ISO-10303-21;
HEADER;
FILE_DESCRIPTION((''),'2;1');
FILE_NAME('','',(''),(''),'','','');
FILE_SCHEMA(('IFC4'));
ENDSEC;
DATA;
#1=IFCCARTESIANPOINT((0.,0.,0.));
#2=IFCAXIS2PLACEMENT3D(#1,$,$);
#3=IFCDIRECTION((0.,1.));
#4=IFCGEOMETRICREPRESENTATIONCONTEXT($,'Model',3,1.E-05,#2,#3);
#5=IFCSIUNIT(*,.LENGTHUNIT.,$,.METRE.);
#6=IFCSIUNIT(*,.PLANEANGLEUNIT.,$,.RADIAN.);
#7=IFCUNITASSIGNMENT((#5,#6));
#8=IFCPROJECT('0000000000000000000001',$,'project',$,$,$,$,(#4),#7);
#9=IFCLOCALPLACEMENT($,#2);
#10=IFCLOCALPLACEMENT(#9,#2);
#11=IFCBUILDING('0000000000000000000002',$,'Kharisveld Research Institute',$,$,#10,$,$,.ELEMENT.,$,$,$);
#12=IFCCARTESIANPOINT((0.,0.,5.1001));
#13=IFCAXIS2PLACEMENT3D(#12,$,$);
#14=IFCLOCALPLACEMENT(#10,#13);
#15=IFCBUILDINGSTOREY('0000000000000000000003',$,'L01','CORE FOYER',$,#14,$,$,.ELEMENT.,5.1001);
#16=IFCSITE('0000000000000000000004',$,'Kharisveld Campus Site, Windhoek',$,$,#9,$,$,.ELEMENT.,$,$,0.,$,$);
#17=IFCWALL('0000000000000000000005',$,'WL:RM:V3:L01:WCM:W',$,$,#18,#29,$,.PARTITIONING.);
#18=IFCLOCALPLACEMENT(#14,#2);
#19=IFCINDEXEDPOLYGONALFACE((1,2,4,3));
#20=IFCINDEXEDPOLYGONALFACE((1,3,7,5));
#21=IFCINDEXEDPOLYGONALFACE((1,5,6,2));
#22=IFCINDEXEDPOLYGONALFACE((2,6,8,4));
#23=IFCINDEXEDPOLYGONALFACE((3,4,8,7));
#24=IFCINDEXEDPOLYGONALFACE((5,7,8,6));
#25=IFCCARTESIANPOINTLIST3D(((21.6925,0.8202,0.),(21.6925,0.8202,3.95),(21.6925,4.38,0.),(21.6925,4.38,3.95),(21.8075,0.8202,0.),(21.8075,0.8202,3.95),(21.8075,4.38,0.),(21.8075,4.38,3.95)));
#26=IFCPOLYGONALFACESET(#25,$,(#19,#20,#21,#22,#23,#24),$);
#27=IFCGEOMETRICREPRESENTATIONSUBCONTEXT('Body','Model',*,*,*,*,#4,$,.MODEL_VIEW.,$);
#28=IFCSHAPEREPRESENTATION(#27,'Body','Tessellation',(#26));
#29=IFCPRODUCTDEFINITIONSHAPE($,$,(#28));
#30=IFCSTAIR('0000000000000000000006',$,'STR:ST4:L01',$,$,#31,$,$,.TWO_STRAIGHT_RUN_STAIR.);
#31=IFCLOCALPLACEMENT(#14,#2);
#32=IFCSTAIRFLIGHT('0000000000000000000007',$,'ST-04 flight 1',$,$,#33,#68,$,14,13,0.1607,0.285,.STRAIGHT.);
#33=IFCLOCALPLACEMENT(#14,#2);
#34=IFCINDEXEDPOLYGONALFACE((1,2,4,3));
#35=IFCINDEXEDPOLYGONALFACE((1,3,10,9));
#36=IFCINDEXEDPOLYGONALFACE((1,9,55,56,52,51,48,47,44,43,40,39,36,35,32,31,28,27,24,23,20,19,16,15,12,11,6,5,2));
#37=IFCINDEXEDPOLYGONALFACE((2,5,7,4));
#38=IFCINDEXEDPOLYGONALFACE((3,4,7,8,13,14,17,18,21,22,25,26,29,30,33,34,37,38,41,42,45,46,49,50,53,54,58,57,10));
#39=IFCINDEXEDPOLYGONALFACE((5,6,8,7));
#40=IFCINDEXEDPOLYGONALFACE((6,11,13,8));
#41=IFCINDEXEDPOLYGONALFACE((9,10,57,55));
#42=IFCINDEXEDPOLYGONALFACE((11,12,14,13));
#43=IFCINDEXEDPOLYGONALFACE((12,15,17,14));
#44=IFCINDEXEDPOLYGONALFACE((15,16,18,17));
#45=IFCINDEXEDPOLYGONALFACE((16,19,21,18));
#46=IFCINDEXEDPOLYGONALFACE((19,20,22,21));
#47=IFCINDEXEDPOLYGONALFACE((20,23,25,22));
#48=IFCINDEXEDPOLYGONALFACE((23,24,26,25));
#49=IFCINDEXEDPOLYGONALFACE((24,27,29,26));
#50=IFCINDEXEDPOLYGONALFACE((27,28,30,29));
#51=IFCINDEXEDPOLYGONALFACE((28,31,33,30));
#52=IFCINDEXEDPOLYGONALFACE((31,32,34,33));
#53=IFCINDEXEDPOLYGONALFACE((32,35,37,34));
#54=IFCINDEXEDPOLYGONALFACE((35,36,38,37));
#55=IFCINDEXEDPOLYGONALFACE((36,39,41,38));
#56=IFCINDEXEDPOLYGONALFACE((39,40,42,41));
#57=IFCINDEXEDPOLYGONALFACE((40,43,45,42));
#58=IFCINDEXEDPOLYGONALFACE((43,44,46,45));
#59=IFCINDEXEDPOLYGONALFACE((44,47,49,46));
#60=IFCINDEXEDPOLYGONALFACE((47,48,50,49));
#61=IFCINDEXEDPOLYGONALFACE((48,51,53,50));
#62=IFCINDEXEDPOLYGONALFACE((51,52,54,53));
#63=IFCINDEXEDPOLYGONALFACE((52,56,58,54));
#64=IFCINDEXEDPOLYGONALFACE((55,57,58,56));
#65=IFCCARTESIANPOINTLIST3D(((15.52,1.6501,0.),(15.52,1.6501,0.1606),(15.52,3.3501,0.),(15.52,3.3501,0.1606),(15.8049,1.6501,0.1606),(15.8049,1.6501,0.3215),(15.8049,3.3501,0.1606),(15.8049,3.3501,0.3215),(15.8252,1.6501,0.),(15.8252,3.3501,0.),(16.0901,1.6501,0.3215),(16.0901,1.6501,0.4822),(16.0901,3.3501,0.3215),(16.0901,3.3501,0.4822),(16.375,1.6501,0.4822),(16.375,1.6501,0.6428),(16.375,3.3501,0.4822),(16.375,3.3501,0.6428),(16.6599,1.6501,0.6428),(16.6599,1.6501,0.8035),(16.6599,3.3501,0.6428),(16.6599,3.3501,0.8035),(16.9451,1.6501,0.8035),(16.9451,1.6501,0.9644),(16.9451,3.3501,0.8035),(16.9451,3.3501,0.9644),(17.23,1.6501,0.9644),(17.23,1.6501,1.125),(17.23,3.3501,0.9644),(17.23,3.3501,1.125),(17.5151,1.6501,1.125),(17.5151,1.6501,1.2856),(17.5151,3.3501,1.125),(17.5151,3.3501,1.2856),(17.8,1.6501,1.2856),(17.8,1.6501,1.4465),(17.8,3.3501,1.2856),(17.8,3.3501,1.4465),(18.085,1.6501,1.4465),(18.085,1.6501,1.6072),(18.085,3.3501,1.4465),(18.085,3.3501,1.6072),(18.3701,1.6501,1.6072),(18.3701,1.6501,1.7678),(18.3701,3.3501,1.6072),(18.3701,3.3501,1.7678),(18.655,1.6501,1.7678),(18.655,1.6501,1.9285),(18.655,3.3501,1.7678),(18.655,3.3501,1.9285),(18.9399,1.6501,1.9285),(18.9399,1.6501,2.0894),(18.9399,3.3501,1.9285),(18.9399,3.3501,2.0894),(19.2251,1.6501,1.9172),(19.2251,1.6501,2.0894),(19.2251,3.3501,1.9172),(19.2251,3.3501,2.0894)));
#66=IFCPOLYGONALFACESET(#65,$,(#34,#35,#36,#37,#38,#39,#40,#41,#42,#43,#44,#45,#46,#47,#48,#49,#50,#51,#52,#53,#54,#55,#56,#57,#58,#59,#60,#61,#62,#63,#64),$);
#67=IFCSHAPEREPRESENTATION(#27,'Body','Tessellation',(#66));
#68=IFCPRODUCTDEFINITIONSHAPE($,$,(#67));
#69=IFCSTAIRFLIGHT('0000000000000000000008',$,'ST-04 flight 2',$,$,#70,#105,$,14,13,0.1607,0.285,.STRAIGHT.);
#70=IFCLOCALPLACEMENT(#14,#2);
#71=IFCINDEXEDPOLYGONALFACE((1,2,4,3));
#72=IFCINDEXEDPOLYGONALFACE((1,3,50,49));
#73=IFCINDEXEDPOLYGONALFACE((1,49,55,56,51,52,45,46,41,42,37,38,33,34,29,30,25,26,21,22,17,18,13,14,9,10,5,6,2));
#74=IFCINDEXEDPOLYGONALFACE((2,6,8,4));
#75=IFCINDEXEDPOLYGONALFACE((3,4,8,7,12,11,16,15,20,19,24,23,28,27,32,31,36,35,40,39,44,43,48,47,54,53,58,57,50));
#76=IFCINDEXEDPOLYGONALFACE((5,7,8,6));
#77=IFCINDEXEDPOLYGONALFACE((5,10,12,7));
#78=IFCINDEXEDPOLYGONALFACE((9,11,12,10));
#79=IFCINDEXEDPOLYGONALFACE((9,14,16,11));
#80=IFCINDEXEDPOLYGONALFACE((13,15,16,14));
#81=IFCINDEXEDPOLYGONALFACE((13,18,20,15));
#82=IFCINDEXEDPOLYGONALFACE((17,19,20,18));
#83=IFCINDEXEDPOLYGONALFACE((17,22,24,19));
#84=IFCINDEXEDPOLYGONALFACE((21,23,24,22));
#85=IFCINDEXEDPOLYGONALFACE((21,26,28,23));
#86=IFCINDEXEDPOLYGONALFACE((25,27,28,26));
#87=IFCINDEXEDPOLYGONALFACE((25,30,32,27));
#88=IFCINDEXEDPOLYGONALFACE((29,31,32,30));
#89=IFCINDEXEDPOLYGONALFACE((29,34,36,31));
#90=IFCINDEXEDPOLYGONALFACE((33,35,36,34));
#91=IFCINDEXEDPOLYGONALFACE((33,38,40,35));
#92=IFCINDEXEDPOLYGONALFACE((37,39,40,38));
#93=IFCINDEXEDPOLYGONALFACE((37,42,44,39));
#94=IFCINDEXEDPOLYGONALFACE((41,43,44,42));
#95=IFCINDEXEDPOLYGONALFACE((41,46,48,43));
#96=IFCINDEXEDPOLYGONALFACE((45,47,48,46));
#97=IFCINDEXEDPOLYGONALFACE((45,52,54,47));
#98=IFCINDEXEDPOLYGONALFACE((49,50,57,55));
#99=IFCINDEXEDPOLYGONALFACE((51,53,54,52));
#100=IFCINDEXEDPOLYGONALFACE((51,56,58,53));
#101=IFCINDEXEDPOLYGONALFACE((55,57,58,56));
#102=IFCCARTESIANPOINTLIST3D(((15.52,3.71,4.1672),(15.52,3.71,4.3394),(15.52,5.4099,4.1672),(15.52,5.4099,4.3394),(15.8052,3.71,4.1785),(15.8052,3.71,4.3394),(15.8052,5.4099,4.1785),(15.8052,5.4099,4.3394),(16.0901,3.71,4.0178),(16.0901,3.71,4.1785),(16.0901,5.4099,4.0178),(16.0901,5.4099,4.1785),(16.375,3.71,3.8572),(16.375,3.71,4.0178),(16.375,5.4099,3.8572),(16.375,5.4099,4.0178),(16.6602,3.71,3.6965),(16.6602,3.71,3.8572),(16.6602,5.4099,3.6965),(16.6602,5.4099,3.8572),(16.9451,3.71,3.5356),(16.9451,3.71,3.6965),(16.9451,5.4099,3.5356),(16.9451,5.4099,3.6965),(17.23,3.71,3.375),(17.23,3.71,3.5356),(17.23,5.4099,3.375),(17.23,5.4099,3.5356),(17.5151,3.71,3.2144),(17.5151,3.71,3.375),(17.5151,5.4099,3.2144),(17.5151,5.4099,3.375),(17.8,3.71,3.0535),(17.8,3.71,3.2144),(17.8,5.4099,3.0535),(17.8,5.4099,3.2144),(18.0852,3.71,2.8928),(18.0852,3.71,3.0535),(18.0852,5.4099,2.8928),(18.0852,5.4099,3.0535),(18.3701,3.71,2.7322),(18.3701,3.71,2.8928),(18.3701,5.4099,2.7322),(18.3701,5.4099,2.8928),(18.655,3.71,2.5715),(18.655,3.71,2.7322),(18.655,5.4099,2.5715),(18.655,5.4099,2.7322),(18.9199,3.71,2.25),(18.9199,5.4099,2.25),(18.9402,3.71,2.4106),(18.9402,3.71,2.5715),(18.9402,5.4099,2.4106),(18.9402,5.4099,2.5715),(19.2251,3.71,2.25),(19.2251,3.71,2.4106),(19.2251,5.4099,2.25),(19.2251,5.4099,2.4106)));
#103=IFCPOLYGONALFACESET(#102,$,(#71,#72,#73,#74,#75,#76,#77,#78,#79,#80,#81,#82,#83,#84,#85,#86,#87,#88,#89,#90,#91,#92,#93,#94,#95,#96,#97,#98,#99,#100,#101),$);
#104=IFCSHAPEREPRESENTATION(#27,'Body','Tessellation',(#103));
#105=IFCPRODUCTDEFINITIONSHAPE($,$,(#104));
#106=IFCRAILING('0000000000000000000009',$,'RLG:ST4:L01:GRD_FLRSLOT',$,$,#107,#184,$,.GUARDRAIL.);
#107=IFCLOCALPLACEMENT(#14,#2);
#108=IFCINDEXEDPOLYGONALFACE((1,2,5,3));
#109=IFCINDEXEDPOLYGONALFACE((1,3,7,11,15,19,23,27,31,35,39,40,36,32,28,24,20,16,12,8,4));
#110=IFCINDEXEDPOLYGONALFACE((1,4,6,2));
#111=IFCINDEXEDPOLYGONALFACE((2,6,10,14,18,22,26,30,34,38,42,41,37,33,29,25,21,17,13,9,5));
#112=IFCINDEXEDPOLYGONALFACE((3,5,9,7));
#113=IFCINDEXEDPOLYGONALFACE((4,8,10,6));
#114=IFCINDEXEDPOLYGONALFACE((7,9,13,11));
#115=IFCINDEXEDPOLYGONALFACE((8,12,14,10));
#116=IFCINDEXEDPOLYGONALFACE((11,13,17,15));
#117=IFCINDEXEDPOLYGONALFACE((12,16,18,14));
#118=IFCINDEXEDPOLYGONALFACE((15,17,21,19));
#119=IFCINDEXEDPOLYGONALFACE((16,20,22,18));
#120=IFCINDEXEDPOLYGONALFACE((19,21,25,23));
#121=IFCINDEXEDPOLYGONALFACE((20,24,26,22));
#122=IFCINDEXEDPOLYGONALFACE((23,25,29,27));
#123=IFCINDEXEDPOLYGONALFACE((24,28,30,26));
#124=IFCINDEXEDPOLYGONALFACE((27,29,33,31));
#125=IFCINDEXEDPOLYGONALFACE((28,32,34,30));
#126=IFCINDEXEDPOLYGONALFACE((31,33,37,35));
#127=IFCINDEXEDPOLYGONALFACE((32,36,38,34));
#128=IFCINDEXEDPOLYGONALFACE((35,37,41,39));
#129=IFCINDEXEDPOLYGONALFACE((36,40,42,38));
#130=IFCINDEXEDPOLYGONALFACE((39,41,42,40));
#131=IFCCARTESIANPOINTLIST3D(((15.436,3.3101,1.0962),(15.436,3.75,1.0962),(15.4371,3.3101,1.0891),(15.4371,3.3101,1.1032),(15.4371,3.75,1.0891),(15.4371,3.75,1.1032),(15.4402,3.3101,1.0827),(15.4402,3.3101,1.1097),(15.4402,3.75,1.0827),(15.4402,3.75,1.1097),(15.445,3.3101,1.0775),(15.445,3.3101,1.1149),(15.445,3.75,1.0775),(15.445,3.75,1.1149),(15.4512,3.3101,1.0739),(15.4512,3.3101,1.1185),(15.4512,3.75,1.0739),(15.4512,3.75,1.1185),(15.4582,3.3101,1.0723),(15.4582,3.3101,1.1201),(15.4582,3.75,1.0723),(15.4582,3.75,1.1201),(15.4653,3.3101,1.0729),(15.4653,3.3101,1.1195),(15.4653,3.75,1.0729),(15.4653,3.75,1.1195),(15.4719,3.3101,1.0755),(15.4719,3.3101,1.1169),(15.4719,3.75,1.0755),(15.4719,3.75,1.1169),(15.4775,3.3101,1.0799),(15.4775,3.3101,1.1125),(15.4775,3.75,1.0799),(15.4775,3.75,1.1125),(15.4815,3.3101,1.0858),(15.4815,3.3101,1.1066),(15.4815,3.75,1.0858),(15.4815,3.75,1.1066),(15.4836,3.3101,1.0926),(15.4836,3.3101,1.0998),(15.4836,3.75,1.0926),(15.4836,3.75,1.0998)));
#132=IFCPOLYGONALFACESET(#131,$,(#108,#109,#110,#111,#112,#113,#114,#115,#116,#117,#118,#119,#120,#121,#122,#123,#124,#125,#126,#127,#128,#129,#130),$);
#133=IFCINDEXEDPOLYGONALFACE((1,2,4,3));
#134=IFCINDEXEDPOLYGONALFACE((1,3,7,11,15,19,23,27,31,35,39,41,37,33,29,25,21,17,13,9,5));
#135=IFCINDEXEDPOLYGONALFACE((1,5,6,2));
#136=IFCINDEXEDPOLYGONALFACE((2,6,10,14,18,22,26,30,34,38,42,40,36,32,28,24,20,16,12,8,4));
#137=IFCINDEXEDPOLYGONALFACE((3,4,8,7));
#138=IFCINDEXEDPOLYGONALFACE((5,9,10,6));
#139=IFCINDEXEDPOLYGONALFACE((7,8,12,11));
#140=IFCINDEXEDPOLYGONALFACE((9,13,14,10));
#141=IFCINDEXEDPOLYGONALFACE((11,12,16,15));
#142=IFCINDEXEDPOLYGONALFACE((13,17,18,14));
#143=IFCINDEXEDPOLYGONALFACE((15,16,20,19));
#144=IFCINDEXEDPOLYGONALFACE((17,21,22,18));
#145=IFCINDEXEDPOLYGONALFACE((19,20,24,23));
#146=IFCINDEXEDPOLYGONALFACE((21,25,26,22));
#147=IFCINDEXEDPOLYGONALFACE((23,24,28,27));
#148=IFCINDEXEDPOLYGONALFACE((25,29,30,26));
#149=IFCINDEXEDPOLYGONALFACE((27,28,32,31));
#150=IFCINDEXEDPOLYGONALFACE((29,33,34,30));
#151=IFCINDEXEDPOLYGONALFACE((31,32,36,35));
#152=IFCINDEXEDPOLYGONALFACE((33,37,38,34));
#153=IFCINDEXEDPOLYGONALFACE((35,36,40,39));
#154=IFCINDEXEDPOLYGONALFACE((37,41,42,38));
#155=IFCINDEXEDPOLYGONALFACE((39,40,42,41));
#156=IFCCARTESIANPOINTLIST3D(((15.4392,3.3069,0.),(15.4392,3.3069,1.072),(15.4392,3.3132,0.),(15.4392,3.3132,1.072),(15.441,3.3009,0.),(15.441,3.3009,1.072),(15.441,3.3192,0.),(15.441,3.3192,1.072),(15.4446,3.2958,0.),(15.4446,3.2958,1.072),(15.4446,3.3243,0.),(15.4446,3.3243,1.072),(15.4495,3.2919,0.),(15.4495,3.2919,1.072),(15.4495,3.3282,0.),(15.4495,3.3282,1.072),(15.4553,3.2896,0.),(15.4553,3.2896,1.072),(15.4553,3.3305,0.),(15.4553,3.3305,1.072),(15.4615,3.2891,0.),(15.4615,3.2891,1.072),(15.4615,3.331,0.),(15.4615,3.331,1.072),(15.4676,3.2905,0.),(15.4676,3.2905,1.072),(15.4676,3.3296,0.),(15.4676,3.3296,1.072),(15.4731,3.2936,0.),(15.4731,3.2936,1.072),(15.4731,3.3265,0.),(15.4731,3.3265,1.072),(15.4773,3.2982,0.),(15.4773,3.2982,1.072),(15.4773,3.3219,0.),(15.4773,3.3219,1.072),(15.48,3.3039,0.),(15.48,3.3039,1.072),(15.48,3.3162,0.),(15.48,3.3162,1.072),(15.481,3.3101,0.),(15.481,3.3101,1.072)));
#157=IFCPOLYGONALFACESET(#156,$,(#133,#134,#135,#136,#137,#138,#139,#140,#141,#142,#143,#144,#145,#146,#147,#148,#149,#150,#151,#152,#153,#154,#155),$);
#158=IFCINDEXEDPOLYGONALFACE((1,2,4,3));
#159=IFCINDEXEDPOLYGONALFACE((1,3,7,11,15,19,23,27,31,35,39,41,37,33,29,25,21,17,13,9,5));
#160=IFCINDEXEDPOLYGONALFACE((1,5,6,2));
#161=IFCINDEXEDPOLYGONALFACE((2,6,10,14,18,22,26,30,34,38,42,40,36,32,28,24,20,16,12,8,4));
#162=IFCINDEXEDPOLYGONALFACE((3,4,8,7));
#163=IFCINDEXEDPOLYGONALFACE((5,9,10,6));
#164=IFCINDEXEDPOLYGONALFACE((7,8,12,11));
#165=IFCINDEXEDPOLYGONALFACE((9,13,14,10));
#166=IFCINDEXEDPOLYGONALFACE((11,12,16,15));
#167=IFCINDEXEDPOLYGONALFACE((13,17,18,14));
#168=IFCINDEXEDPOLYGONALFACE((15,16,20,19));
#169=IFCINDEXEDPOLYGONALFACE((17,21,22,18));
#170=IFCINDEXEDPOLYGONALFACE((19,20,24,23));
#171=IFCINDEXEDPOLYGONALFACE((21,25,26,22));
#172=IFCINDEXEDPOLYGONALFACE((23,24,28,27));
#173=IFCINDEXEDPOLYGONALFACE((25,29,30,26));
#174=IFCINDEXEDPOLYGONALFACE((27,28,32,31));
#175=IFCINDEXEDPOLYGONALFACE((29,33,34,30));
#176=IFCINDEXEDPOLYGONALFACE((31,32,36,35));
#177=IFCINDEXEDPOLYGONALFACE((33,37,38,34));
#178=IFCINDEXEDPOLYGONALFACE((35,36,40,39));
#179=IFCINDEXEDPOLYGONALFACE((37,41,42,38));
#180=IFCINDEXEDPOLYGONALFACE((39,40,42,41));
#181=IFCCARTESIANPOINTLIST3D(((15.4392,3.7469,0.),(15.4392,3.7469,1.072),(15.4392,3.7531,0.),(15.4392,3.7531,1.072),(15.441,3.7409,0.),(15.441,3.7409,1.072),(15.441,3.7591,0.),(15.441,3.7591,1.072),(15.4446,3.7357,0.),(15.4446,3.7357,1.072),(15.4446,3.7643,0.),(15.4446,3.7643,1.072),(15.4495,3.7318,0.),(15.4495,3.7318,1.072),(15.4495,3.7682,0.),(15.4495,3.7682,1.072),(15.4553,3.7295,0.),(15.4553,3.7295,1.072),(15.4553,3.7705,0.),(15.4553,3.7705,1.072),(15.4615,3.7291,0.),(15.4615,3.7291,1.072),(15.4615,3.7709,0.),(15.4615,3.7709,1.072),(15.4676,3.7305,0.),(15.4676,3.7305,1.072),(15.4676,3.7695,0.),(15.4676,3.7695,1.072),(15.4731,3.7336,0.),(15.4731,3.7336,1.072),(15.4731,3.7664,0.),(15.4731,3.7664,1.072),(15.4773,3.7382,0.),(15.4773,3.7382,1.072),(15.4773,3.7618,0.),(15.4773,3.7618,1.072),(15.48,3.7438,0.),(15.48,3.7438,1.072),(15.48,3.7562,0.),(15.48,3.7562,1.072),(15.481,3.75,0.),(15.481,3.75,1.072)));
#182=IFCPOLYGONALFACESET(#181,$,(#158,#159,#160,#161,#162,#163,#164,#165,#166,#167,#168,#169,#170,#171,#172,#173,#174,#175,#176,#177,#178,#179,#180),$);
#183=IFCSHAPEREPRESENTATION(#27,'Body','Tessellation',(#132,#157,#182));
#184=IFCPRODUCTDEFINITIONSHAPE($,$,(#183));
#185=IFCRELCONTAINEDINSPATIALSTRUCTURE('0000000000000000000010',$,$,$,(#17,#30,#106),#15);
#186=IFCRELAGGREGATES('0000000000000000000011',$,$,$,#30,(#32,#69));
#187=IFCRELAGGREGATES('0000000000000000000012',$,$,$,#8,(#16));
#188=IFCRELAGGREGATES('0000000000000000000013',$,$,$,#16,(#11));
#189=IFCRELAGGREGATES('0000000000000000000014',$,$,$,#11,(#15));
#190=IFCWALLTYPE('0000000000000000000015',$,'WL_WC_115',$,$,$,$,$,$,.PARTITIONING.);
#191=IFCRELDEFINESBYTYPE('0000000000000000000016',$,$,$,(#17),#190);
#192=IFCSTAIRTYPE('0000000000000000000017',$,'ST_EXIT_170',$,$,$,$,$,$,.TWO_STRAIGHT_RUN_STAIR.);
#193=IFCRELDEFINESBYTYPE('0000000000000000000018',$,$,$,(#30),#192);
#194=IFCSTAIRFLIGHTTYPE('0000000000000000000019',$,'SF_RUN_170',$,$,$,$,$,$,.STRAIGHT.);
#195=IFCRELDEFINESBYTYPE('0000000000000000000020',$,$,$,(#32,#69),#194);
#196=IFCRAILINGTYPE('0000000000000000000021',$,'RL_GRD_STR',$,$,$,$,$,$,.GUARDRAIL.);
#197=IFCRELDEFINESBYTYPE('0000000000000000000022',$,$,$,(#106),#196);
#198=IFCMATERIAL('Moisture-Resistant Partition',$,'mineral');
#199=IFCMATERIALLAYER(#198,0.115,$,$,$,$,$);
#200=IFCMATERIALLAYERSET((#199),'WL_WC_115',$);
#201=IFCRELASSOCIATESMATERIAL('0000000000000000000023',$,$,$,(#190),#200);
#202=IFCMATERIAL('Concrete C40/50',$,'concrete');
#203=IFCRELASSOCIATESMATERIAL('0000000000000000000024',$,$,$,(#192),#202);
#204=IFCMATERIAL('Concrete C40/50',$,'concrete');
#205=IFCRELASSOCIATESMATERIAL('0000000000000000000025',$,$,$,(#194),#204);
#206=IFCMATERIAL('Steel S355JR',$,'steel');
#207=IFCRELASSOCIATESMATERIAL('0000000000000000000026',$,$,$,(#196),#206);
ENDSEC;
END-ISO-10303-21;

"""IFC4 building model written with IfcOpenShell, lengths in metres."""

from ifc_helpers import new_model, si_unit, direction, frame, frame_2d, origin, origin_2d, place, context, subcontext, project, spatial, polyline, rectangle, circle, outline, extrude, material, layer, layer_set, type_object, element, aggregate, save


model = new_model("IFC4")

# Units and contexts
model_context = context("Model", 3, precision=1e-05, world=origin(), true_north=direction((0.0, 1.0)))
body_context = subcontext(model_context, "Body", "Model", "MODEL_VIEW")
ifc_project = project(units=[si_unit("LENGTHUNIT", "METRE"), si_unit("PLANEANGLEUNIT", "RADIAN")], contexts=[model_context])

# Site, building, storey
site_placement = place(None, origin())
site = spatial("IfcSite", under=ifc_project, at=site_placement, Name="Kharisveld Campus Site, Windhoek", CompositionType="ELEMENT", RefElevation=0.0)
building_placement = place(site_placement, origin())
building = spatial("IfcBuilding", under=site, at=building_placement, Name="Kharisveld Research Institute", CompositionType="ELEMENT")
storey_placement = place(building_placement, frame((0.0, 0.0, 5.1001)))
storey = spatial("IfcBuildingStorey", under=building, at=storey_placement, Name="L01", Description="CORE FOYER", CompositionType="ELEMENT", Elevation=5.1001)

# Wall
ifc_material_1 = material(Name="Moisture-Resistant Partition", Category="mineral")
ifc_layer_1 = layer(ifc_material_1, 0.115)
ifc_layer_set_1 = layer_set([ifc_layer_1], Name="WL_WC_115")
wall_type_1 = type_object("IfcWallType", Name="WL_WC_115", PredefinedType="PARTITIONING", material=ifc_layer_set_1)
wall_1_placement = place(storey_placement, frame((21.75, 4.3799, 0.0), z_axis=(0.0, 0.0, 1.0), x_axis=(0.0, -1.0, 0.0)))
element("IfcWall", 1, at=wall_1_placement, inside=storey, type_object=wall_type_1, Name="WL:RM:V3:L01:WCM:W", PredefinedType="PARTITIONING", context=body_context, shape_type="SweptSolid", body=[
    extrude(rectangle(XDim=3.5598, YDim=0.115, at=frame_2d((1.7798, 0.0))), origin(), (0.0, 0.0, 1.0), 3.95),
])

# Stair, stair flights
ifc_material_2 = material(Name="Concrete C40/50", Category="concrete")
stair_type = type_object("IfcStairType", Name="ST_EXIT_170", PredefinedType="TWO_STRAIGHT_RUN_STAIR", material=ifc_material_2)
stair_placement = place(storey_placement, origin())
stair = element("IfcStair", 2, at=stair_placement, inside=storey, type_object=stair_type, Name="STR:ST4:L01", PredefinedType="TWO_STRAIGHT_RUN_STAIR")
ifc_material_3 = material(Name="Concrete C40/50", Category="concrete")
stair_flight_type = type_object("IfcStairFlightType", Name="SF_RUN_170", PredefinedType="STRAIGHT", material=ifc_material_3)
stair_flight_1_placement = place(storey_placement, frame((15.52, 2.5, 0.0), z_axis=(0.0, 0.0, 1.0), x_axis=(1.0, 0.0, 0.0)))
stair_flight_1 = element("IfcStairFlight", 3, at=stair_flight_1_placement, type_object=stair_flight_type, Name="ST-04 flight 1", NumberOfRisers=14, NumberOfTreads=13, PredefinedType="STRAIGHT", RiserHeight=0.1607, TreadLength=0.285, context=body_context, shape_type="SweptSolid", body=[
    extrude(outline(polyline([(0.0, 0.0), (0.0, 0.1606), (0.2849, 0.1606), (0.2849, 0.3215), (0.5701, 0.3215), (0.5701, 0.4822), (0.855, 0.4822), (0.855, 0.6428), (1.1399, 0.6428), (1.1399, 0.8035), (1.425, 0.8035), (1.425, 0.9644), (1.71, 0.9644), (1.71, 1.125), (1.9951, 1.125), (1.9951, 1.2856), (2.28, 1.2856), (2.28, 1.4465), (2.5649, 1.4465), (2.5649, 1.6072), (2.8501, 1.6072), (2.8501, 1.7678), (3.135, 1.7678), (3.135, 1.9285), (3.4199, 1.9285), (3.4199, 2.0894), (3.7051, 2.0894), (3.7051, 2.25), (3.7051, 1.9172), (0.3052, 0.0), (0.0, 0.0)])), frame((0.0, 0.8501, 0.0), z_axis=(0.0, -1.0, 0.0), x_axis=(1.0, 0.0, 0.0)), (0.0, 0.0, 1.0), 1.7),
])
stair_flight_2_placement = place(storey_placement, frame((19.2251, 4.5601, 2.25), z_axis=(0.0, 0.0, 1.0), x_axis=(-1.0, 0.0, 0.0)))
stair_flight_2 = element("IfcStairFlight", 4, at=stair_flight_2_placement, type_object=stair_flight_type, Name="ST-04 flight 2", NumberOfRisers=14, NumberOfTreads=13, PredefinedType="STRAIGHT", RiserHeight=0.1607, TreadLength=0.285, context=body_context, shape_type="SweptSolid", body=[
    extrude(outline(polyline([(0.0, 0.0), (0.0, 0.1606), (0.2849, 0.1606), (0.2849, 0.3215), (0.5701, 0.3215), (0.5701, 0.4822), (0.855, 0.4822), (0.855, 0.6428), (1.1399, 0.6428), (1.1399, 0.8035), (1.425, 0.8035), (1.425, 0.9644), (1.71, 0.9644), (1.71, 1.125), (1.9951, 1.125), (1.9951, 1.2856), (2.28, 1.2856), (2.28, 1.4465), (2.5649, 1.4465), (2.5649, 1.6072), (2.8501, 1.6072), (2.8501, 1.7678), (3.135, 1.7678), (3.135, 1.9285), (3.4199, 1.9285), (3.4199, 2.0894), (3.7051, 2.0894), (3.7051, 2.25), (3.7051, 1.9172), (0.3052, 0.0), (0.0, 0.0)])), frame((0.0, 0.8501, 0.0), z_axis=(0.0, -1.0, 0.0), x_axis=(1.0, 0.0, 0.0)), (0.0, 0.0, 1.0), 1.7),
])
aggregate(stair, [stair_flight_1, stair_flight_2])

# Railing
ifc_material_4 = material(Name="Steel S355JR", Category="steel")
railing_type_1 = type_object("IfcRailingType", Name="RL_GRD_STR", PredefinedType="GUARDRAIL", material=ifc_material_4)
railing_1_placement = place(storey_placement, frame((15.46, 3.3101, 0.0)))
element("IfcRailing", 5, at=railing_1_placement, inside=storey, type_object=railing_type_1, Name="RLG:ST4:L01:GRD_FLRSLOT", PredefinedType="GUARDRAIL", context=body_context, shape_type="SweptSolid", body=[
    extrude(circle(Radius=0.0239, at=origin_2d()), frame((0.0, 0.0, 1.0962), z_axis=(0.0, 1.0, 0.0), x_axis=(-1.0, 0.0, 0.0)), (0.0, 0.0, 1.0), 0.4399),
    extrude(circle(Radius=0.021, at=origin_2d()), origin(), (0.0, 0.0, 1.0), 1.072),
    extrude(circle(Radius=0.021, at=origin_2d()), frame((0.0, 0.4399, 0.0)), (0.0, 0.0, 1.0), 1.072),
])

save(model, "model.ifc")
